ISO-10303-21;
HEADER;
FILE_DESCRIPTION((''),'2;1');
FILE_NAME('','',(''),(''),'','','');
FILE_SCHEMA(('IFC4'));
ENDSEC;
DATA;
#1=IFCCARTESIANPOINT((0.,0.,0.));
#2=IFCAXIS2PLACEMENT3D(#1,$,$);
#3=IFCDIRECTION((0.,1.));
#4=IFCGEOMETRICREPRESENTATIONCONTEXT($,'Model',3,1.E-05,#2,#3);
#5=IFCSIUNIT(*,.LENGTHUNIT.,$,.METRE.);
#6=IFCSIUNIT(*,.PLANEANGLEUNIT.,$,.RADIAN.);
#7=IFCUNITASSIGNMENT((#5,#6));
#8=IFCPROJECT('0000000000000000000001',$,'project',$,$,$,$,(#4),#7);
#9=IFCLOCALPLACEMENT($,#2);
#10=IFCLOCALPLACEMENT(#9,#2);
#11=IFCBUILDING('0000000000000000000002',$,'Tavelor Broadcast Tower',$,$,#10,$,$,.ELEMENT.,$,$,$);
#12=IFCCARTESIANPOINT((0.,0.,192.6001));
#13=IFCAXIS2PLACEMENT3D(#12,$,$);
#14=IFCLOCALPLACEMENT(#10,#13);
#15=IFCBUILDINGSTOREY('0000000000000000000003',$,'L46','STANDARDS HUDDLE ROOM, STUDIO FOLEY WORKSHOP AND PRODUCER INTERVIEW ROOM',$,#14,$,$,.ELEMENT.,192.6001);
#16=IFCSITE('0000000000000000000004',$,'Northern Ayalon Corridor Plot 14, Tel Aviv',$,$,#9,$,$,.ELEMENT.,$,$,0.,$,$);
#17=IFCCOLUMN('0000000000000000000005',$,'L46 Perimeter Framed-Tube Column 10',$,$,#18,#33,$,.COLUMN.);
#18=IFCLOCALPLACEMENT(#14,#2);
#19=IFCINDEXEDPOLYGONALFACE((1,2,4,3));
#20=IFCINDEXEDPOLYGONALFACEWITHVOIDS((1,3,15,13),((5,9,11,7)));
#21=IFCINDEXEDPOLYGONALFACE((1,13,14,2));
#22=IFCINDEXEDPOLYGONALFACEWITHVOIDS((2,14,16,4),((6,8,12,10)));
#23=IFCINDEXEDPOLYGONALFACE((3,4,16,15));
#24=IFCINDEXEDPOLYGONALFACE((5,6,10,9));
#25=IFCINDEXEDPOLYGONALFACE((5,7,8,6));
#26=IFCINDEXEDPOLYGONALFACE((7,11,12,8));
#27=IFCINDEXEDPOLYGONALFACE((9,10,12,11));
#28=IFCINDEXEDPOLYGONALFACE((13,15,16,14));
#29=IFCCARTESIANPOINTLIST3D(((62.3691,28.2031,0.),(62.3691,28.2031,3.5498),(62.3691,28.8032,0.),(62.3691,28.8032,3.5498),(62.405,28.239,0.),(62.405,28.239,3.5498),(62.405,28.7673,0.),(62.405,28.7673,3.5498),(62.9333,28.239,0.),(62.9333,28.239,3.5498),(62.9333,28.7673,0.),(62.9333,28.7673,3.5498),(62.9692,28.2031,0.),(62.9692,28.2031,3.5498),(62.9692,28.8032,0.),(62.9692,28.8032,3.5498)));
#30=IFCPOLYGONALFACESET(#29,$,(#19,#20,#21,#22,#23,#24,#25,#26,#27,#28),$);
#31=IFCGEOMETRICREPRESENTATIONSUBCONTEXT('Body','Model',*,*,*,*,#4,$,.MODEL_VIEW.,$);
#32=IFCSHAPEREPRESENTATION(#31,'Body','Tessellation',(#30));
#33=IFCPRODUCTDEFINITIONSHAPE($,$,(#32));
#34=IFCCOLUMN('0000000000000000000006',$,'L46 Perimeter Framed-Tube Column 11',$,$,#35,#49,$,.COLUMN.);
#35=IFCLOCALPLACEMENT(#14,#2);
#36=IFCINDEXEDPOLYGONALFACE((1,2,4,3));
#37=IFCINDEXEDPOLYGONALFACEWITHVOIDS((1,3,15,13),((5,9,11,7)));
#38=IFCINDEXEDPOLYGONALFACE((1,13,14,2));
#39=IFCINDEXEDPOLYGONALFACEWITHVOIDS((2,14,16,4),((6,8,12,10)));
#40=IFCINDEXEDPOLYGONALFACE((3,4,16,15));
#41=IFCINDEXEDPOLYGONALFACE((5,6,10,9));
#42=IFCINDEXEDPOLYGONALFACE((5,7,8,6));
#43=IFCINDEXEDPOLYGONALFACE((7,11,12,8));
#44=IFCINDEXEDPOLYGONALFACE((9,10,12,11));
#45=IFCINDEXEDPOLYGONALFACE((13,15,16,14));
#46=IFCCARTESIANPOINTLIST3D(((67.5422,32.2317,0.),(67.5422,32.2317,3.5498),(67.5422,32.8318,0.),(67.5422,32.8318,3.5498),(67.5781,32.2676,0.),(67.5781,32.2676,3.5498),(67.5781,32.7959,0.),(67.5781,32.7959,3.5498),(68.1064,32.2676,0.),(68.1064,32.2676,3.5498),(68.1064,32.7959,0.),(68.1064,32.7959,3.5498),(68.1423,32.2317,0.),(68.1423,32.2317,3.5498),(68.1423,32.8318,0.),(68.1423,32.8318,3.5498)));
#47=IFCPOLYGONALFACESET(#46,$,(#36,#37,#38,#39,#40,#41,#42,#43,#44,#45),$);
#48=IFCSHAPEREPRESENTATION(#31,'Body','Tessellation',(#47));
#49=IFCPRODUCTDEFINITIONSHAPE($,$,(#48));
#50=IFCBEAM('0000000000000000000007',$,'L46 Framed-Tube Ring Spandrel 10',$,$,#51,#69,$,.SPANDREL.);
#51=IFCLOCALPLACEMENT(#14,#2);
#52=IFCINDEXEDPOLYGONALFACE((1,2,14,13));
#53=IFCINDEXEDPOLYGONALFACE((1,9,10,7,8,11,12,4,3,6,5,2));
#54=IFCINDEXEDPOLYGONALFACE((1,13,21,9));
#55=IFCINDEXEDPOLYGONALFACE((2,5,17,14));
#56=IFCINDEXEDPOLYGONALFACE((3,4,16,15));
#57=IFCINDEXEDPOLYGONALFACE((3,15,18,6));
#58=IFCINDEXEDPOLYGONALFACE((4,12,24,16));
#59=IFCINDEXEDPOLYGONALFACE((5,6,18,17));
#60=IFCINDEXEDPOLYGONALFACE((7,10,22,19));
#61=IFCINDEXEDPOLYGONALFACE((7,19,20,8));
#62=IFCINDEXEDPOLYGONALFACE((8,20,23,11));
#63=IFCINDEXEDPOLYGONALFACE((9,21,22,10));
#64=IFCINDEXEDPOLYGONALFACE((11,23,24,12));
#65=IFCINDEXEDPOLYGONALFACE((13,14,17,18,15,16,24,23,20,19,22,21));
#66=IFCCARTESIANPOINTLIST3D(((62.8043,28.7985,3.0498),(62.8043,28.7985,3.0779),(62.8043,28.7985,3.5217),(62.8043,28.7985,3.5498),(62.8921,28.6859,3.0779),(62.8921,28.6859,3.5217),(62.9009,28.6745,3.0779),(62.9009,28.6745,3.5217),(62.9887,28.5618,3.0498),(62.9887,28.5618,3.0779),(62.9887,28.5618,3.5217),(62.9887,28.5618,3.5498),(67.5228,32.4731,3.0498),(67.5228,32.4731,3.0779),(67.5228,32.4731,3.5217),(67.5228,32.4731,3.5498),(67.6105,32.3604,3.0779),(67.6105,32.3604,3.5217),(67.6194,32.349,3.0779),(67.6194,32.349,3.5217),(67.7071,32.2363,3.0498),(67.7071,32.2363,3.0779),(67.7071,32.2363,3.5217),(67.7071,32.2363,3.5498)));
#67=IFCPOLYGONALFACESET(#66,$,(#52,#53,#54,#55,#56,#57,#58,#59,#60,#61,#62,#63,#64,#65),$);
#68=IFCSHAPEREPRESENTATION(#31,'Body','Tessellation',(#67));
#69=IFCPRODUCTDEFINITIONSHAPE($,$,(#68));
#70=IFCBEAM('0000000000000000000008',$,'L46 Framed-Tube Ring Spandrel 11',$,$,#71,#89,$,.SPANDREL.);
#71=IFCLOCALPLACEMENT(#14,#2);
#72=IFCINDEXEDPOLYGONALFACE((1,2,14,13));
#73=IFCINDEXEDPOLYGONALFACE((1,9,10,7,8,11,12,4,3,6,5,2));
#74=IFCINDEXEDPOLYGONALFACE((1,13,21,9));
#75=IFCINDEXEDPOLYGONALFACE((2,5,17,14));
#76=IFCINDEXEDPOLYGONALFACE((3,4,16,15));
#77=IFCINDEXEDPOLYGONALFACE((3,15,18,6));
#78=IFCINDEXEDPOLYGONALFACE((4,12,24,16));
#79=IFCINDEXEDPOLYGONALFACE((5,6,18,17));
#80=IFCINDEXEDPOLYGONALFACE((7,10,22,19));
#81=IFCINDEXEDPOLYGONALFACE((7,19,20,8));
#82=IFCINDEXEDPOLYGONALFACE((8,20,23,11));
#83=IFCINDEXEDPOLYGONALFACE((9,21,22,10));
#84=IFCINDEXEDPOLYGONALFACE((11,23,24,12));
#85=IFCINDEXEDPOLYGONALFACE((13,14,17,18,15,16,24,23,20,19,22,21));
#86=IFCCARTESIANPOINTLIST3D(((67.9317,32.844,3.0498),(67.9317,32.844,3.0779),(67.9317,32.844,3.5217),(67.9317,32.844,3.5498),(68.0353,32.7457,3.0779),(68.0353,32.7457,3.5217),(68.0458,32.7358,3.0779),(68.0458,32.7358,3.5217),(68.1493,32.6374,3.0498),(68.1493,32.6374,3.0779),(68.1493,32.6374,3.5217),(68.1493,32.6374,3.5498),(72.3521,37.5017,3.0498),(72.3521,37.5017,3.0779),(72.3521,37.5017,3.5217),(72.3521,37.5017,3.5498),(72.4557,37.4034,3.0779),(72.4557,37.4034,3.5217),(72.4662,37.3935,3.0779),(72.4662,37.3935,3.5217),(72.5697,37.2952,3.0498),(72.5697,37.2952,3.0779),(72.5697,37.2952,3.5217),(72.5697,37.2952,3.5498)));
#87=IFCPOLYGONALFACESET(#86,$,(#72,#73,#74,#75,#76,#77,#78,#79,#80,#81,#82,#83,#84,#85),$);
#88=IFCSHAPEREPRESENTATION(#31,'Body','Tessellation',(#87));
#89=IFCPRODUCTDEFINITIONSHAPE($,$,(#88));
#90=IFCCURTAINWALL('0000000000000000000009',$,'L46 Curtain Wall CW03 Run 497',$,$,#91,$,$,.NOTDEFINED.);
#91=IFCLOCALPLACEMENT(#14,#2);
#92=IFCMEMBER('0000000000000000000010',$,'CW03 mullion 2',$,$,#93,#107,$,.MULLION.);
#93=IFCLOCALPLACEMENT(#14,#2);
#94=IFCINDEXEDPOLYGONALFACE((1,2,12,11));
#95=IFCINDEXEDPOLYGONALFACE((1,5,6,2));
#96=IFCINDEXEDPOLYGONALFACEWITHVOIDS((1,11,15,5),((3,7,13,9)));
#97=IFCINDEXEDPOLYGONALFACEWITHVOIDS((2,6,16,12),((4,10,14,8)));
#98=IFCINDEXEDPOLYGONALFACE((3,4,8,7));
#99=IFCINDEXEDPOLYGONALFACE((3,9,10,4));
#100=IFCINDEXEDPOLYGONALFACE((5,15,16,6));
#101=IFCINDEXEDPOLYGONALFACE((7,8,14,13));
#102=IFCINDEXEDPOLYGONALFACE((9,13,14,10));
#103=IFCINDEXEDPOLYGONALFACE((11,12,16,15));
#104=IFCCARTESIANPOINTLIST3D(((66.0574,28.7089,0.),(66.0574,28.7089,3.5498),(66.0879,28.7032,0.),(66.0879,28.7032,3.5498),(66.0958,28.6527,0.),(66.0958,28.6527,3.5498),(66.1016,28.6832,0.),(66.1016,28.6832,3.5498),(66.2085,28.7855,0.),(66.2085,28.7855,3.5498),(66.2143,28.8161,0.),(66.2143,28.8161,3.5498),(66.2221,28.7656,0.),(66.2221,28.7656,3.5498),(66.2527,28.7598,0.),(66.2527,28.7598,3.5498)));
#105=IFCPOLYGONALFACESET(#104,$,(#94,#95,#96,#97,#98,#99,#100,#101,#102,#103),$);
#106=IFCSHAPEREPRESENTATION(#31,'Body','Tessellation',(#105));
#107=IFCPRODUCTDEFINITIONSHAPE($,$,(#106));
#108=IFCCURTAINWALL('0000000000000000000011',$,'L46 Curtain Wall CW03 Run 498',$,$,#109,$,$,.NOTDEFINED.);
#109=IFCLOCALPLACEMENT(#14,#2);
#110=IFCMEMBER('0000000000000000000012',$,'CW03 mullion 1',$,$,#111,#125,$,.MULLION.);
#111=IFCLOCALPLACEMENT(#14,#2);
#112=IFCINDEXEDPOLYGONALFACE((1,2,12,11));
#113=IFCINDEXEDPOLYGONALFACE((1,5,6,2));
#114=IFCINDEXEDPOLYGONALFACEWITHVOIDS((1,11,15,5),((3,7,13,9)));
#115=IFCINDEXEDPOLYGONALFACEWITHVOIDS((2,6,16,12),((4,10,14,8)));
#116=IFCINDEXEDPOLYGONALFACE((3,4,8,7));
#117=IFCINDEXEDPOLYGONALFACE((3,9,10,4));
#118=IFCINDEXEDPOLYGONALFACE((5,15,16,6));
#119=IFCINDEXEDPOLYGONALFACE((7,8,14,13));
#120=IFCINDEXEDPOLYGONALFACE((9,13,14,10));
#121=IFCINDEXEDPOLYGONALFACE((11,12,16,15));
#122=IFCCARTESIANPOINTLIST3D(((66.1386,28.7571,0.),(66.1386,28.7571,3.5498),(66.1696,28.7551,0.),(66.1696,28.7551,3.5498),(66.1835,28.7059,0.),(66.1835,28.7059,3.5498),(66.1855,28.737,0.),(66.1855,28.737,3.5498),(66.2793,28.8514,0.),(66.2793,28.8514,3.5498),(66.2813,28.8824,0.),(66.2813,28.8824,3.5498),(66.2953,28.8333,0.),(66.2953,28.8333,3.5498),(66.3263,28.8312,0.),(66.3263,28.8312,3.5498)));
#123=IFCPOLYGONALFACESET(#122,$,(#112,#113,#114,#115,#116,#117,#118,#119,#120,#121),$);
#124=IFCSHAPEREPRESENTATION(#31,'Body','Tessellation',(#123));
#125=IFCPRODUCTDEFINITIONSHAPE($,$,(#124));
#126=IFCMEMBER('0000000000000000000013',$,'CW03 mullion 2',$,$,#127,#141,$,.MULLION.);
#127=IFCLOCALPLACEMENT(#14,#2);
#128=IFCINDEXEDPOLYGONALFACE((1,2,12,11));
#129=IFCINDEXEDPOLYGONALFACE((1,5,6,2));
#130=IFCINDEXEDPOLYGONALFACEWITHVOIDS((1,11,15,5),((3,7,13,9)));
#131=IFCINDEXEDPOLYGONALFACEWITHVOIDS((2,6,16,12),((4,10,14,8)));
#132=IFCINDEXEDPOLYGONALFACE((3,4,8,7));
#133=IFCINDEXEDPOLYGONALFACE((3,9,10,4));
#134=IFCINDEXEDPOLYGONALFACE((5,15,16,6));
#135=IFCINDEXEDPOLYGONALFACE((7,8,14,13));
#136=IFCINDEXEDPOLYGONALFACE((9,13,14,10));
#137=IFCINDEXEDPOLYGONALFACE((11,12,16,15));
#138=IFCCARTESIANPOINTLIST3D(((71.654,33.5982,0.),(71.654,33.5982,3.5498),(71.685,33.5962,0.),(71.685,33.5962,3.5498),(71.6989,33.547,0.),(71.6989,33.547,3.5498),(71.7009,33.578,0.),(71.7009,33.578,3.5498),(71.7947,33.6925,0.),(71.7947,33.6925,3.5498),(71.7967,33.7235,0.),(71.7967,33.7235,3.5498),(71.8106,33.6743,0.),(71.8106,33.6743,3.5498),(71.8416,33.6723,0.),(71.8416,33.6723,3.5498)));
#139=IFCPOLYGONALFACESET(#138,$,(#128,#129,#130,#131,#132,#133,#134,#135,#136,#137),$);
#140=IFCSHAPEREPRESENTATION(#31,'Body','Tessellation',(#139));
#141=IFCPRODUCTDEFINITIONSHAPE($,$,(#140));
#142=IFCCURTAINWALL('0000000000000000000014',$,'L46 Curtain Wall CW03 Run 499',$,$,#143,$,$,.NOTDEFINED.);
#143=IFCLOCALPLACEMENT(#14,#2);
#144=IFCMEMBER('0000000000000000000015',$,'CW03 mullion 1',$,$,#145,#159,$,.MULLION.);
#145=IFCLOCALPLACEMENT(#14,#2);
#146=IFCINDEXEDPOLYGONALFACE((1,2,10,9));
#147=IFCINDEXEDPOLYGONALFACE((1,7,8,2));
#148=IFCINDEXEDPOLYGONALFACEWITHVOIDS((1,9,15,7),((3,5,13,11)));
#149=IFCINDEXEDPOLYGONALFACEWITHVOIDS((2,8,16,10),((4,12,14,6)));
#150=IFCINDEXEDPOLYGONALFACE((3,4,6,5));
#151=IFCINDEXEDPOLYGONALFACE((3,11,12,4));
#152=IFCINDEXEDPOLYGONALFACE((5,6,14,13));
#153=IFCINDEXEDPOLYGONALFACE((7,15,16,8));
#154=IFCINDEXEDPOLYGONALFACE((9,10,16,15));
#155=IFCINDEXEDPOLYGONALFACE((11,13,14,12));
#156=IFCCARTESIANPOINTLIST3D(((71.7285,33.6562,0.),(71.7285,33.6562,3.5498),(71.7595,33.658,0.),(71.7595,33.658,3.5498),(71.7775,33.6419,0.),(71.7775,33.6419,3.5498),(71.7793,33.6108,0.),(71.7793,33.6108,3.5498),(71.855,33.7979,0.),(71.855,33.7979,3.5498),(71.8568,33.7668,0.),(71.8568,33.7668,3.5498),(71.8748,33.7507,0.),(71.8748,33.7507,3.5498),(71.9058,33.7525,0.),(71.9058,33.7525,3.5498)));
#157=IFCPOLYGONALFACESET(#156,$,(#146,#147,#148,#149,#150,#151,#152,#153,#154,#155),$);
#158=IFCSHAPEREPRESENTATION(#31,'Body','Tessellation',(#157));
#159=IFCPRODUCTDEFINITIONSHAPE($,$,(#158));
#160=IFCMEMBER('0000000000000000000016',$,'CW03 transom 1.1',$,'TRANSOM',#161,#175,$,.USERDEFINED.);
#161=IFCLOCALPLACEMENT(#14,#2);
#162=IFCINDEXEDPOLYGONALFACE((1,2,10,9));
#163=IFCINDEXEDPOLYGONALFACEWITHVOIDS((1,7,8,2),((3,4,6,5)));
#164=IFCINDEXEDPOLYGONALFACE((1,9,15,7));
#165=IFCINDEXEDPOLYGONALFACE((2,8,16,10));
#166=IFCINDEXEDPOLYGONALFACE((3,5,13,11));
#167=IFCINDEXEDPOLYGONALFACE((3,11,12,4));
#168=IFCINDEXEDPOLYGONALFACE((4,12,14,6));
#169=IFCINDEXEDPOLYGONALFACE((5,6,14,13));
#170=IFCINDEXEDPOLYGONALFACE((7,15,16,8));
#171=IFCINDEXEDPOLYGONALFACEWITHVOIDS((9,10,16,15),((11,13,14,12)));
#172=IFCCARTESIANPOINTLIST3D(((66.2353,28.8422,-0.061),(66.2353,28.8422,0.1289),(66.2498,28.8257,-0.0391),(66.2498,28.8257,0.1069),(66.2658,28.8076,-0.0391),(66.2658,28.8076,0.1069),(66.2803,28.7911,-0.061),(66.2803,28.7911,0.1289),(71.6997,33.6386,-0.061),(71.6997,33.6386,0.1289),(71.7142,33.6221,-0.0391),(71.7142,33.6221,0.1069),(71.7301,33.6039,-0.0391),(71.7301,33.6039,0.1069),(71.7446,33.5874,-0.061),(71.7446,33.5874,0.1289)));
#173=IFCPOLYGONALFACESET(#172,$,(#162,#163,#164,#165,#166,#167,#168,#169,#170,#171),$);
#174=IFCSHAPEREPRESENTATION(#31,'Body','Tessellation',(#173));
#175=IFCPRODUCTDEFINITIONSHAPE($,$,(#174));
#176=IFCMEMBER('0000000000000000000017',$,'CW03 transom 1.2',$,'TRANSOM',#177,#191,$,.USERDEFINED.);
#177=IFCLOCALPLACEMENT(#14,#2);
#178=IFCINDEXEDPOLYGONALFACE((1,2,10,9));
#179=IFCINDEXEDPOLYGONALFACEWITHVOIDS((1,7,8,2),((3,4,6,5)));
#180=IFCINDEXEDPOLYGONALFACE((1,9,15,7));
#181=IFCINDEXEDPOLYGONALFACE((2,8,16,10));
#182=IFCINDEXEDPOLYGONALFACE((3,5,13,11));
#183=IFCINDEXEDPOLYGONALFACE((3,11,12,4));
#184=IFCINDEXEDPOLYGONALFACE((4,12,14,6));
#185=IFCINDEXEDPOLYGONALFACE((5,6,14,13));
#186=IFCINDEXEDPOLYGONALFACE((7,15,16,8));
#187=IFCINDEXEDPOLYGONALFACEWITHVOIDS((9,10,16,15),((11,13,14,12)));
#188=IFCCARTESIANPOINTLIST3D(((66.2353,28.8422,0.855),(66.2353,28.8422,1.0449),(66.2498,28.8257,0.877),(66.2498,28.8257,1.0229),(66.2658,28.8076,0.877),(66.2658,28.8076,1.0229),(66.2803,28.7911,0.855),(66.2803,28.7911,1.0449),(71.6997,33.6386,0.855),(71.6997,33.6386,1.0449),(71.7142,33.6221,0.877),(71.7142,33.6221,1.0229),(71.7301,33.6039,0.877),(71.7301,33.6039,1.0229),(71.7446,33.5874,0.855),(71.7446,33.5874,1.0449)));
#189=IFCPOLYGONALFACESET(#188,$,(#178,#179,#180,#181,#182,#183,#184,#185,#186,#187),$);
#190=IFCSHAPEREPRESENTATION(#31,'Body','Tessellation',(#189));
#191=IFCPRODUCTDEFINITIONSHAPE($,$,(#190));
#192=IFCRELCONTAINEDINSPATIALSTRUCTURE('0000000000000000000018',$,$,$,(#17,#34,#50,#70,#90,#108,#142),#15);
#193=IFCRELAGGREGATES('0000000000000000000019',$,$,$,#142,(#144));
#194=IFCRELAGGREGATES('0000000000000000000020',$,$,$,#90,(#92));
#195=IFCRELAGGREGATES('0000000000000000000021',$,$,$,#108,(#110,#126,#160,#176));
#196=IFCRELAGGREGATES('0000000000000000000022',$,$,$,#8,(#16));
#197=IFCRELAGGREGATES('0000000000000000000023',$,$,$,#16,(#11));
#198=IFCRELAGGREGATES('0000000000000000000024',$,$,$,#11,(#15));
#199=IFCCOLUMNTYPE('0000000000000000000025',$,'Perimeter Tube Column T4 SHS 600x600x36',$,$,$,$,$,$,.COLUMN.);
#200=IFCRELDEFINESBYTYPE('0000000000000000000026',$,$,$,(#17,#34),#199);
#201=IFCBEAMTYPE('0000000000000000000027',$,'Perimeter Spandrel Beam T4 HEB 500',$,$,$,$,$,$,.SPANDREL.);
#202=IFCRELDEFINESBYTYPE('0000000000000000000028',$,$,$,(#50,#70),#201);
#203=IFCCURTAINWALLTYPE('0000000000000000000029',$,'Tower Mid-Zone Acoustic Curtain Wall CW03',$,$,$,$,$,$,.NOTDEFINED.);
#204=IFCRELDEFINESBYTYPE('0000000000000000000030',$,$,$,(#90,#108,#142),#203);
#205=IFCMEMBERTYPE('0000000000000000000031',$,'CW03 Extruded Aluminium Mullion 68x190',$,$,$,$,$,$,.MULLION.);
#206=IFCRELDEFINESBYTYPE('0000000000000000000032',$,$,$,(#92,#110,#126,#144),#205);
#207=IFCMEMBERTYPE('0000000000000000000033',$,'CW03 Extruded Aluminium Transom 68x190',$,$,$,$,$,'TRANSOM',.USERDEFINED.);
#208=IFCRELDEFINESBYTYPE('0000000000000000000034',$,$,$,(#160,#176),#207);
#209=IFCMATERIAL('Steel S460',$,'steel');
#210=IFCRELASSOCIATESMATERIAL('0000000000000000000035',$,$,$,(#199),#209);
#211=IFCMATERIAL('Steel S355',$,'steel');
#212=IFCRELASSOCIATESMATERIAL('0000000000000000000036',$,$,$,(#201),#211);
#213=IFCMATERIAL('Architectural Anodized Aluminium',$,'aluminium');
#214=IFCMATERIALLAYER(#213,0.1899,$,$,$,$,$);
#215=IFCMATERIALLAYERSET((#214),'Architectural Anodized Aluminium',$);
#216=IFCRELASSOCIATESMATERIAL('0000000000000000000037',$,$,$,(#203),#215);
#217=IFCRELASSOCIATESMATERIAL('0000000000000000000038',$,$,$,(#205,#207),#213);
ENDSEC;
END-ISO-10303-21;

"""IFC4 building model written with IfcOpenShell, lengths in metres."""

from ifc_helpers import new_model, si_unit, direction, frame, origin, origin_2d, place, context, subcontext, project, spatial, hollow_rectangle, i_section, extrude, source, transform, mapped, material, layer, layer_set, material_profile, profile_set, type_object, type_shapes, element, aggregate, save


model = new_model("IFC4")

# Units and contexts
model_context = context("Model", 3, precision=1e-05, world=origin(), true_north=direction((0.0, 1.0)))
body_context = subcontext(model_context, "Body", "Model", "MODEL_VIEW")
ifc_project = project(units=[si_unit("LENGTHUNIT", "METRE"), si_unit("PLANEANGLEUNIT", "RADIAN")], contexts=[model_context])

# Site, building, storey
site_placement = place(None, origin())
site = spatial("IfcSite", under=ifc_project, at=site_placement, Name="Northern Ayalon Corridor Plot 14, Tel Aviv", CompositionType="ELEMENT", RefElevation=0.0)
building_placement = place(site_placement, origin())
building = spatial("IfcBuilding", under=site, at=building_placement, Name="Tavelor Broadcast Tower", CompositionType="ELEMENT")
storey_placement = place(building_placement, frame((0.0, 0.0, 192.6001)))
storey = spatial("IfcBuildingStorey", under=building, at=storey_placement, Name="L46", Description="STANDARDS HUDDLE ROOM, STUDIO FOLEY WORKSHOP AND PRODUCER INTERVIEW ROOM", CompositionType="ELEMENT", Elevation=192.6001)

# Columns
ifc_material_1 = material(Name="Steel S460", Category="steel")
ifc_material_profile_1 = material_profile(ifc_material_1, hollow_rectangle(XDim=0.6001, YDim=0.6001, WallThickness=0.0359, at=origin_2d()), Name="SHS 600x600x36")
ifc_profile_set_1 = profile_set([ifc_material_profile_1], Name="Steel S460")
column_type = type_object("IfcColumnType", Name="Perimeter Tube Column T4 SHS 600x600x36", PredefinedType="COLUMN", material=ifc_profile_set_1)
for number, where, z_axis, x_axis, name in (
    (1, (62.6692, 28.5032, 0.0), (0.0, 0.0, 1.0), (1.0, 0.0, 0.0), "L46 Perimeter Framed-Tube Column 10"),
    (2, (67.8423, 32.5317, 0.0), (0.0, 0.0, 1.0), (1.0, 0.0, 0.0), "L46 Perimeter Framed-Tube Column 11"),
):
    element("IfcColumn", number, at=place(storey_placement, frame(where, z_axis=z_axis, x_axis=x_axis)), inside=storey, type_object=column_type, Name=name, PredefinedType="COLUMN", context=body_context, shape_type="SweptSolid", body=[
        extrude(hollow_rectangle(XDim=0.6001, YDim=0.6001, WallThickness=0.0359, at=origin_2d()), origin(), (0.0, 0.0, 1.0), 3.5498),
    ])

# Beams
ifc_material_2 = material(Name="Steel S355", Category="steel")
ifc_material_profile_2 = material_profile(ifc_material_2, i_section(OverallWidth=0.3, OverallDepth=0.5, WebThickness=0.0144, FlangeThickness=0.0281, at=origin_2d()), Name="HEB 500")
ifc_profile_set_2 = profile_set([ifc_material_profile_2], Name="Steel S355")
beam_type = type_object("IfcBeamType", Name="Perimeter Spandrel Beam T4 HEB 500", PredefinedType="SPANDREL", material=ifc_profile_set_2)
beam_1_placement = place(storey_placement, frame((62.8965, 28.6802, 3.2998), z_axis=(0.788978, 0.614421, 0.0), x_axis=(-0.614421, 0.788978, 0.0)))
element("IfcBeam", 3, at=beam_1_placement, inside=storey, type_object=beam_type, Name="L46 Framed-Tube Ring Spandrel 10", PredefinedType="SPANDREL", context=body_context, shape_type="SweptSolid", body=[
    extrude(i_section(OverallWidth=0.3, OverallDepth=0.5, WebThickness=0.0144, FlangeThickness=0.0281, at=origin_2d()), origin(), (0.0, 0.0, 1.0), 5.9805),
])
beam_2_placement = place(storey_placement, frame((68.0405, 32.7407, 3.2998), z_axis=(0.688388, 0.725343, 0.0), x_axis=(-0.725343, 0.688388, 0.0)))
element("IfcBeam", 4, at=beam_2_placement, inside=storey, type_object=beam_type, Name="L46 Framed-Tube Ring Spandrel 11", PredefinedType="SPANDREL", context=body_context, shape_type="SweptSolid", body=[
    extrude(i_section(OverallWidth=0.3, OverallDepth=0.5, WebThickness=0.0144, FlangeThickness=0.0281, at=origin_2d()), origin(), (0.0, 0.0, 1.0), 6.4214),
])

# Curtain wall, member
ifc_material_3 = material(Name="Architectural Anodized Aluminium", Category="aluminium")
ifc_layer_1 = layer(ifc_material_3, 0.1899)
ifc_layer_set_1 = layer_set([ifc_layer_1], Name="Architectural Anodized Aluminium")
curtain_wall_type = type_object("IfcCurtainWallType", Name="Tower Mid-Zone Acoustic Curtain Wall CW03", PredefinedType="NOTDEFINED", material=ifc_layer_set_1)
curtain_wall_1_placement = place(storey_placement, origin())
curtain_wall_1 = element("IfcCurtainWall", 5, at=curtain_wall_1_placement, inside=storey, type_object=curtain_wall_type, Name="L46 Curtain Wall CW03 Run 497", PredefinedType="NOTDEFINED")
ifc_material_profile_3 = material_profile(ifc_material_3, hollow_rectangle(XDim=0.0681, YDim=0.1899, WallThickness=0.022, at=origin_2d()), Name="RHS 68x190x22")
ifc_profile_set_3 = profile_set([ifc_material_profile_3], Name="Architectural Anodized Aluminium")
member_type_1 = type_object("IfcMemberType", Name="CW03 Extruded Aluminium Mullion 68x190", PredefinedType="MULLION", material=ifc_profile_set_3)
shared_shape_1 = source(origin(), body_context, "Body", "SweptSolid", [
    extrude(hollow_rectangle(XDim=0.0681, YDim=0.1899, WallThickness=0.022, at=origin_2d()), origin(), (0.0, 0.0, 1.0), 3.5498),
])
type_shapes(member_type_1, [shared_shape_1])
member_1_placement = place(storey_placement, frame((66.155, 28.7344, 0.0), z_axis=(0.0, 0.0, 1.0), x_axis=(-0.563895, 0.825847, 0.0)))
member_1 = element("IfcMember", 6, at=member_1_placement, type_object=member_type_1, Name="CW03 mullion 2", PredefinedType="MULLION", context=body_context, shape_type="MappedRepresentation", body=[
    mapped(shared_shape_1, transform((0.0, 0.0, 0.0), scale=1.0)),
])

# Curtain wall, members
curtain_wall_2_placement = place(storey_placement, origin())
curtain_wall_2 = element("IfcCurtainWall", 7, at=curtain_wall_2_placement, inside=storey, type_object=curtain_wall_type, Name="L46 Curtain Wall CW03 Run 498", PredefinedType="NOTDEFINED")
member_2_placement = place(storey_placement, frame((66.2324, 28.7942, 0.0), z_axis=(0.0, 0.0, 1.0), x_axis=(-0.659675, 0.751551, 0.0)))
member_2 = element("IfcMember", 8, at=member_2_placement, type_object=member_type_1, Name="CW03 mullion 1", PredefinedType="MULLION", context=body_context, shape_type="MappedRepresentation", body=[
    mapped(shared_shape_1, transform((0.0, 0.0, 0.0), scale=1.0)),
])
member_3_placement = place(storey_placement, frame((71.7478, 33.6353, 0.0), z_axis=(0.0, 0.0, 1.0), x_axis=(-0.659675, 0.751551, 0.0)))
member_3 = element("IfcMember", 9, at=member_3_placement, type_object=member_type_1, Name="CW03 mullion 2", PredefinedType="MULLION", context=body_context, shape_type="MappedRepresentation", body=[
    mapped(shared_shape_1, transform((0.0, 0.0, 0.0), scale=1.0)),
])

# Curtain wall, member
curtain_wall_3_placement = place(storey_placement, origin())
curtain_wall_3 = element("IfcCurtainWall", 10, at=curtain_wall_3_placement, inside=storey, type_object=curtain_wall_type, Name="L46 Curtain Wall CW03 Run 499", PredefinedType="NOTDEFINED")
member_4_placement = place(storey_placement, frame((71.8171, 33.7043, 0.0), z_axis=(0.0, 0.0, 1.0), x_axis=(-0.745775, 0.666198, 0.0)))
member_4 = element("IfcMember", 11, at=member_4_placement, type_object=member_type_1, Name="CW03 mullion 1", PredefinedType="MULLION", context=body_context, shape_type="MappedRepresentation", body=[
    mapped(shared_shape_1, transform((0.0, 0.0, 0.0), scale=1.0)),
])

# Members
ifc_material_profile_4 = material_profile(ifc_material_3, hollow_rectangle(XDim=0.0681, YDim=0.1899, WallThickness=0.022, at=origin_2d()), Name="RHS 68x190x22")
ifc_profile_set_4 = profile_set([ifc_material_profile_4], Name="Architectural Anodized Aluminium")
member_type_2 = type_object("IfcMemberType", Name="CW03 Extruded Aluminium Transom 68x190", ElementType="TRANSOM", PredefinedType="USERDEFINED", material=ifc_profile_set_4)
shared_shape_2 = source(origin(), body_context, "Body", "SweptSolid", [
    extrude(hollow_rectangle(XDim=0.0681, YDim=0.1899, WallThickness=0.022, at=origin_2d()), origin(), (0.0, 0.0, 1.0), 7.2708),
])
type_shapes(member_type_2, [shared_shape_2])
member_5_placement = place(storey_placement, frame((66.2578, 28.8167, 0.0339), z_axis=(0.751548, 0.659678, 0.0), x_axis=(-0.659678, 0.751548, 0.0)))
member_5 = element("IfcMember", 12, at=member_5_placement, type_object=member_type_2, Name="CW03 transom 1.1", ObjectType="TRANSOM", PredefinedType="USERDEFINED", context=body_context, shape_type="MappedRepresentation", body=[
    mapped(shared_shape_2, transform((0.0, 0.0, 0.0), scale=1.0)),
])
member_6_placement = place(storey_placement, frame((66.2578, 28.8167, 0.95), z_axis=(0.751548, 0.659678, 0.0), x_axis=(-0.659678, 0.751548, 0.0)))
member_6 = element("IfcMember", 13, at=member_6_placement, type_object=member_type_2, Name="CW03 transom 1.2", ObjectType="TRANSOM", PredefinedType="USERDEFINED", context=body_context, shape_type="MappedRepresentation", body=[
    mapped(shared_shape_2, transform((0.0, 0.0, 0.0), scale=1.0)),
])
aggregate(curtain_wall_3, [member_4])

aggregate(curtain_wall_1, [member_1])
aggregate(curtain_wall_2, [member_2, member_3, member_5, member_6])

save(model, "model.ifc")
